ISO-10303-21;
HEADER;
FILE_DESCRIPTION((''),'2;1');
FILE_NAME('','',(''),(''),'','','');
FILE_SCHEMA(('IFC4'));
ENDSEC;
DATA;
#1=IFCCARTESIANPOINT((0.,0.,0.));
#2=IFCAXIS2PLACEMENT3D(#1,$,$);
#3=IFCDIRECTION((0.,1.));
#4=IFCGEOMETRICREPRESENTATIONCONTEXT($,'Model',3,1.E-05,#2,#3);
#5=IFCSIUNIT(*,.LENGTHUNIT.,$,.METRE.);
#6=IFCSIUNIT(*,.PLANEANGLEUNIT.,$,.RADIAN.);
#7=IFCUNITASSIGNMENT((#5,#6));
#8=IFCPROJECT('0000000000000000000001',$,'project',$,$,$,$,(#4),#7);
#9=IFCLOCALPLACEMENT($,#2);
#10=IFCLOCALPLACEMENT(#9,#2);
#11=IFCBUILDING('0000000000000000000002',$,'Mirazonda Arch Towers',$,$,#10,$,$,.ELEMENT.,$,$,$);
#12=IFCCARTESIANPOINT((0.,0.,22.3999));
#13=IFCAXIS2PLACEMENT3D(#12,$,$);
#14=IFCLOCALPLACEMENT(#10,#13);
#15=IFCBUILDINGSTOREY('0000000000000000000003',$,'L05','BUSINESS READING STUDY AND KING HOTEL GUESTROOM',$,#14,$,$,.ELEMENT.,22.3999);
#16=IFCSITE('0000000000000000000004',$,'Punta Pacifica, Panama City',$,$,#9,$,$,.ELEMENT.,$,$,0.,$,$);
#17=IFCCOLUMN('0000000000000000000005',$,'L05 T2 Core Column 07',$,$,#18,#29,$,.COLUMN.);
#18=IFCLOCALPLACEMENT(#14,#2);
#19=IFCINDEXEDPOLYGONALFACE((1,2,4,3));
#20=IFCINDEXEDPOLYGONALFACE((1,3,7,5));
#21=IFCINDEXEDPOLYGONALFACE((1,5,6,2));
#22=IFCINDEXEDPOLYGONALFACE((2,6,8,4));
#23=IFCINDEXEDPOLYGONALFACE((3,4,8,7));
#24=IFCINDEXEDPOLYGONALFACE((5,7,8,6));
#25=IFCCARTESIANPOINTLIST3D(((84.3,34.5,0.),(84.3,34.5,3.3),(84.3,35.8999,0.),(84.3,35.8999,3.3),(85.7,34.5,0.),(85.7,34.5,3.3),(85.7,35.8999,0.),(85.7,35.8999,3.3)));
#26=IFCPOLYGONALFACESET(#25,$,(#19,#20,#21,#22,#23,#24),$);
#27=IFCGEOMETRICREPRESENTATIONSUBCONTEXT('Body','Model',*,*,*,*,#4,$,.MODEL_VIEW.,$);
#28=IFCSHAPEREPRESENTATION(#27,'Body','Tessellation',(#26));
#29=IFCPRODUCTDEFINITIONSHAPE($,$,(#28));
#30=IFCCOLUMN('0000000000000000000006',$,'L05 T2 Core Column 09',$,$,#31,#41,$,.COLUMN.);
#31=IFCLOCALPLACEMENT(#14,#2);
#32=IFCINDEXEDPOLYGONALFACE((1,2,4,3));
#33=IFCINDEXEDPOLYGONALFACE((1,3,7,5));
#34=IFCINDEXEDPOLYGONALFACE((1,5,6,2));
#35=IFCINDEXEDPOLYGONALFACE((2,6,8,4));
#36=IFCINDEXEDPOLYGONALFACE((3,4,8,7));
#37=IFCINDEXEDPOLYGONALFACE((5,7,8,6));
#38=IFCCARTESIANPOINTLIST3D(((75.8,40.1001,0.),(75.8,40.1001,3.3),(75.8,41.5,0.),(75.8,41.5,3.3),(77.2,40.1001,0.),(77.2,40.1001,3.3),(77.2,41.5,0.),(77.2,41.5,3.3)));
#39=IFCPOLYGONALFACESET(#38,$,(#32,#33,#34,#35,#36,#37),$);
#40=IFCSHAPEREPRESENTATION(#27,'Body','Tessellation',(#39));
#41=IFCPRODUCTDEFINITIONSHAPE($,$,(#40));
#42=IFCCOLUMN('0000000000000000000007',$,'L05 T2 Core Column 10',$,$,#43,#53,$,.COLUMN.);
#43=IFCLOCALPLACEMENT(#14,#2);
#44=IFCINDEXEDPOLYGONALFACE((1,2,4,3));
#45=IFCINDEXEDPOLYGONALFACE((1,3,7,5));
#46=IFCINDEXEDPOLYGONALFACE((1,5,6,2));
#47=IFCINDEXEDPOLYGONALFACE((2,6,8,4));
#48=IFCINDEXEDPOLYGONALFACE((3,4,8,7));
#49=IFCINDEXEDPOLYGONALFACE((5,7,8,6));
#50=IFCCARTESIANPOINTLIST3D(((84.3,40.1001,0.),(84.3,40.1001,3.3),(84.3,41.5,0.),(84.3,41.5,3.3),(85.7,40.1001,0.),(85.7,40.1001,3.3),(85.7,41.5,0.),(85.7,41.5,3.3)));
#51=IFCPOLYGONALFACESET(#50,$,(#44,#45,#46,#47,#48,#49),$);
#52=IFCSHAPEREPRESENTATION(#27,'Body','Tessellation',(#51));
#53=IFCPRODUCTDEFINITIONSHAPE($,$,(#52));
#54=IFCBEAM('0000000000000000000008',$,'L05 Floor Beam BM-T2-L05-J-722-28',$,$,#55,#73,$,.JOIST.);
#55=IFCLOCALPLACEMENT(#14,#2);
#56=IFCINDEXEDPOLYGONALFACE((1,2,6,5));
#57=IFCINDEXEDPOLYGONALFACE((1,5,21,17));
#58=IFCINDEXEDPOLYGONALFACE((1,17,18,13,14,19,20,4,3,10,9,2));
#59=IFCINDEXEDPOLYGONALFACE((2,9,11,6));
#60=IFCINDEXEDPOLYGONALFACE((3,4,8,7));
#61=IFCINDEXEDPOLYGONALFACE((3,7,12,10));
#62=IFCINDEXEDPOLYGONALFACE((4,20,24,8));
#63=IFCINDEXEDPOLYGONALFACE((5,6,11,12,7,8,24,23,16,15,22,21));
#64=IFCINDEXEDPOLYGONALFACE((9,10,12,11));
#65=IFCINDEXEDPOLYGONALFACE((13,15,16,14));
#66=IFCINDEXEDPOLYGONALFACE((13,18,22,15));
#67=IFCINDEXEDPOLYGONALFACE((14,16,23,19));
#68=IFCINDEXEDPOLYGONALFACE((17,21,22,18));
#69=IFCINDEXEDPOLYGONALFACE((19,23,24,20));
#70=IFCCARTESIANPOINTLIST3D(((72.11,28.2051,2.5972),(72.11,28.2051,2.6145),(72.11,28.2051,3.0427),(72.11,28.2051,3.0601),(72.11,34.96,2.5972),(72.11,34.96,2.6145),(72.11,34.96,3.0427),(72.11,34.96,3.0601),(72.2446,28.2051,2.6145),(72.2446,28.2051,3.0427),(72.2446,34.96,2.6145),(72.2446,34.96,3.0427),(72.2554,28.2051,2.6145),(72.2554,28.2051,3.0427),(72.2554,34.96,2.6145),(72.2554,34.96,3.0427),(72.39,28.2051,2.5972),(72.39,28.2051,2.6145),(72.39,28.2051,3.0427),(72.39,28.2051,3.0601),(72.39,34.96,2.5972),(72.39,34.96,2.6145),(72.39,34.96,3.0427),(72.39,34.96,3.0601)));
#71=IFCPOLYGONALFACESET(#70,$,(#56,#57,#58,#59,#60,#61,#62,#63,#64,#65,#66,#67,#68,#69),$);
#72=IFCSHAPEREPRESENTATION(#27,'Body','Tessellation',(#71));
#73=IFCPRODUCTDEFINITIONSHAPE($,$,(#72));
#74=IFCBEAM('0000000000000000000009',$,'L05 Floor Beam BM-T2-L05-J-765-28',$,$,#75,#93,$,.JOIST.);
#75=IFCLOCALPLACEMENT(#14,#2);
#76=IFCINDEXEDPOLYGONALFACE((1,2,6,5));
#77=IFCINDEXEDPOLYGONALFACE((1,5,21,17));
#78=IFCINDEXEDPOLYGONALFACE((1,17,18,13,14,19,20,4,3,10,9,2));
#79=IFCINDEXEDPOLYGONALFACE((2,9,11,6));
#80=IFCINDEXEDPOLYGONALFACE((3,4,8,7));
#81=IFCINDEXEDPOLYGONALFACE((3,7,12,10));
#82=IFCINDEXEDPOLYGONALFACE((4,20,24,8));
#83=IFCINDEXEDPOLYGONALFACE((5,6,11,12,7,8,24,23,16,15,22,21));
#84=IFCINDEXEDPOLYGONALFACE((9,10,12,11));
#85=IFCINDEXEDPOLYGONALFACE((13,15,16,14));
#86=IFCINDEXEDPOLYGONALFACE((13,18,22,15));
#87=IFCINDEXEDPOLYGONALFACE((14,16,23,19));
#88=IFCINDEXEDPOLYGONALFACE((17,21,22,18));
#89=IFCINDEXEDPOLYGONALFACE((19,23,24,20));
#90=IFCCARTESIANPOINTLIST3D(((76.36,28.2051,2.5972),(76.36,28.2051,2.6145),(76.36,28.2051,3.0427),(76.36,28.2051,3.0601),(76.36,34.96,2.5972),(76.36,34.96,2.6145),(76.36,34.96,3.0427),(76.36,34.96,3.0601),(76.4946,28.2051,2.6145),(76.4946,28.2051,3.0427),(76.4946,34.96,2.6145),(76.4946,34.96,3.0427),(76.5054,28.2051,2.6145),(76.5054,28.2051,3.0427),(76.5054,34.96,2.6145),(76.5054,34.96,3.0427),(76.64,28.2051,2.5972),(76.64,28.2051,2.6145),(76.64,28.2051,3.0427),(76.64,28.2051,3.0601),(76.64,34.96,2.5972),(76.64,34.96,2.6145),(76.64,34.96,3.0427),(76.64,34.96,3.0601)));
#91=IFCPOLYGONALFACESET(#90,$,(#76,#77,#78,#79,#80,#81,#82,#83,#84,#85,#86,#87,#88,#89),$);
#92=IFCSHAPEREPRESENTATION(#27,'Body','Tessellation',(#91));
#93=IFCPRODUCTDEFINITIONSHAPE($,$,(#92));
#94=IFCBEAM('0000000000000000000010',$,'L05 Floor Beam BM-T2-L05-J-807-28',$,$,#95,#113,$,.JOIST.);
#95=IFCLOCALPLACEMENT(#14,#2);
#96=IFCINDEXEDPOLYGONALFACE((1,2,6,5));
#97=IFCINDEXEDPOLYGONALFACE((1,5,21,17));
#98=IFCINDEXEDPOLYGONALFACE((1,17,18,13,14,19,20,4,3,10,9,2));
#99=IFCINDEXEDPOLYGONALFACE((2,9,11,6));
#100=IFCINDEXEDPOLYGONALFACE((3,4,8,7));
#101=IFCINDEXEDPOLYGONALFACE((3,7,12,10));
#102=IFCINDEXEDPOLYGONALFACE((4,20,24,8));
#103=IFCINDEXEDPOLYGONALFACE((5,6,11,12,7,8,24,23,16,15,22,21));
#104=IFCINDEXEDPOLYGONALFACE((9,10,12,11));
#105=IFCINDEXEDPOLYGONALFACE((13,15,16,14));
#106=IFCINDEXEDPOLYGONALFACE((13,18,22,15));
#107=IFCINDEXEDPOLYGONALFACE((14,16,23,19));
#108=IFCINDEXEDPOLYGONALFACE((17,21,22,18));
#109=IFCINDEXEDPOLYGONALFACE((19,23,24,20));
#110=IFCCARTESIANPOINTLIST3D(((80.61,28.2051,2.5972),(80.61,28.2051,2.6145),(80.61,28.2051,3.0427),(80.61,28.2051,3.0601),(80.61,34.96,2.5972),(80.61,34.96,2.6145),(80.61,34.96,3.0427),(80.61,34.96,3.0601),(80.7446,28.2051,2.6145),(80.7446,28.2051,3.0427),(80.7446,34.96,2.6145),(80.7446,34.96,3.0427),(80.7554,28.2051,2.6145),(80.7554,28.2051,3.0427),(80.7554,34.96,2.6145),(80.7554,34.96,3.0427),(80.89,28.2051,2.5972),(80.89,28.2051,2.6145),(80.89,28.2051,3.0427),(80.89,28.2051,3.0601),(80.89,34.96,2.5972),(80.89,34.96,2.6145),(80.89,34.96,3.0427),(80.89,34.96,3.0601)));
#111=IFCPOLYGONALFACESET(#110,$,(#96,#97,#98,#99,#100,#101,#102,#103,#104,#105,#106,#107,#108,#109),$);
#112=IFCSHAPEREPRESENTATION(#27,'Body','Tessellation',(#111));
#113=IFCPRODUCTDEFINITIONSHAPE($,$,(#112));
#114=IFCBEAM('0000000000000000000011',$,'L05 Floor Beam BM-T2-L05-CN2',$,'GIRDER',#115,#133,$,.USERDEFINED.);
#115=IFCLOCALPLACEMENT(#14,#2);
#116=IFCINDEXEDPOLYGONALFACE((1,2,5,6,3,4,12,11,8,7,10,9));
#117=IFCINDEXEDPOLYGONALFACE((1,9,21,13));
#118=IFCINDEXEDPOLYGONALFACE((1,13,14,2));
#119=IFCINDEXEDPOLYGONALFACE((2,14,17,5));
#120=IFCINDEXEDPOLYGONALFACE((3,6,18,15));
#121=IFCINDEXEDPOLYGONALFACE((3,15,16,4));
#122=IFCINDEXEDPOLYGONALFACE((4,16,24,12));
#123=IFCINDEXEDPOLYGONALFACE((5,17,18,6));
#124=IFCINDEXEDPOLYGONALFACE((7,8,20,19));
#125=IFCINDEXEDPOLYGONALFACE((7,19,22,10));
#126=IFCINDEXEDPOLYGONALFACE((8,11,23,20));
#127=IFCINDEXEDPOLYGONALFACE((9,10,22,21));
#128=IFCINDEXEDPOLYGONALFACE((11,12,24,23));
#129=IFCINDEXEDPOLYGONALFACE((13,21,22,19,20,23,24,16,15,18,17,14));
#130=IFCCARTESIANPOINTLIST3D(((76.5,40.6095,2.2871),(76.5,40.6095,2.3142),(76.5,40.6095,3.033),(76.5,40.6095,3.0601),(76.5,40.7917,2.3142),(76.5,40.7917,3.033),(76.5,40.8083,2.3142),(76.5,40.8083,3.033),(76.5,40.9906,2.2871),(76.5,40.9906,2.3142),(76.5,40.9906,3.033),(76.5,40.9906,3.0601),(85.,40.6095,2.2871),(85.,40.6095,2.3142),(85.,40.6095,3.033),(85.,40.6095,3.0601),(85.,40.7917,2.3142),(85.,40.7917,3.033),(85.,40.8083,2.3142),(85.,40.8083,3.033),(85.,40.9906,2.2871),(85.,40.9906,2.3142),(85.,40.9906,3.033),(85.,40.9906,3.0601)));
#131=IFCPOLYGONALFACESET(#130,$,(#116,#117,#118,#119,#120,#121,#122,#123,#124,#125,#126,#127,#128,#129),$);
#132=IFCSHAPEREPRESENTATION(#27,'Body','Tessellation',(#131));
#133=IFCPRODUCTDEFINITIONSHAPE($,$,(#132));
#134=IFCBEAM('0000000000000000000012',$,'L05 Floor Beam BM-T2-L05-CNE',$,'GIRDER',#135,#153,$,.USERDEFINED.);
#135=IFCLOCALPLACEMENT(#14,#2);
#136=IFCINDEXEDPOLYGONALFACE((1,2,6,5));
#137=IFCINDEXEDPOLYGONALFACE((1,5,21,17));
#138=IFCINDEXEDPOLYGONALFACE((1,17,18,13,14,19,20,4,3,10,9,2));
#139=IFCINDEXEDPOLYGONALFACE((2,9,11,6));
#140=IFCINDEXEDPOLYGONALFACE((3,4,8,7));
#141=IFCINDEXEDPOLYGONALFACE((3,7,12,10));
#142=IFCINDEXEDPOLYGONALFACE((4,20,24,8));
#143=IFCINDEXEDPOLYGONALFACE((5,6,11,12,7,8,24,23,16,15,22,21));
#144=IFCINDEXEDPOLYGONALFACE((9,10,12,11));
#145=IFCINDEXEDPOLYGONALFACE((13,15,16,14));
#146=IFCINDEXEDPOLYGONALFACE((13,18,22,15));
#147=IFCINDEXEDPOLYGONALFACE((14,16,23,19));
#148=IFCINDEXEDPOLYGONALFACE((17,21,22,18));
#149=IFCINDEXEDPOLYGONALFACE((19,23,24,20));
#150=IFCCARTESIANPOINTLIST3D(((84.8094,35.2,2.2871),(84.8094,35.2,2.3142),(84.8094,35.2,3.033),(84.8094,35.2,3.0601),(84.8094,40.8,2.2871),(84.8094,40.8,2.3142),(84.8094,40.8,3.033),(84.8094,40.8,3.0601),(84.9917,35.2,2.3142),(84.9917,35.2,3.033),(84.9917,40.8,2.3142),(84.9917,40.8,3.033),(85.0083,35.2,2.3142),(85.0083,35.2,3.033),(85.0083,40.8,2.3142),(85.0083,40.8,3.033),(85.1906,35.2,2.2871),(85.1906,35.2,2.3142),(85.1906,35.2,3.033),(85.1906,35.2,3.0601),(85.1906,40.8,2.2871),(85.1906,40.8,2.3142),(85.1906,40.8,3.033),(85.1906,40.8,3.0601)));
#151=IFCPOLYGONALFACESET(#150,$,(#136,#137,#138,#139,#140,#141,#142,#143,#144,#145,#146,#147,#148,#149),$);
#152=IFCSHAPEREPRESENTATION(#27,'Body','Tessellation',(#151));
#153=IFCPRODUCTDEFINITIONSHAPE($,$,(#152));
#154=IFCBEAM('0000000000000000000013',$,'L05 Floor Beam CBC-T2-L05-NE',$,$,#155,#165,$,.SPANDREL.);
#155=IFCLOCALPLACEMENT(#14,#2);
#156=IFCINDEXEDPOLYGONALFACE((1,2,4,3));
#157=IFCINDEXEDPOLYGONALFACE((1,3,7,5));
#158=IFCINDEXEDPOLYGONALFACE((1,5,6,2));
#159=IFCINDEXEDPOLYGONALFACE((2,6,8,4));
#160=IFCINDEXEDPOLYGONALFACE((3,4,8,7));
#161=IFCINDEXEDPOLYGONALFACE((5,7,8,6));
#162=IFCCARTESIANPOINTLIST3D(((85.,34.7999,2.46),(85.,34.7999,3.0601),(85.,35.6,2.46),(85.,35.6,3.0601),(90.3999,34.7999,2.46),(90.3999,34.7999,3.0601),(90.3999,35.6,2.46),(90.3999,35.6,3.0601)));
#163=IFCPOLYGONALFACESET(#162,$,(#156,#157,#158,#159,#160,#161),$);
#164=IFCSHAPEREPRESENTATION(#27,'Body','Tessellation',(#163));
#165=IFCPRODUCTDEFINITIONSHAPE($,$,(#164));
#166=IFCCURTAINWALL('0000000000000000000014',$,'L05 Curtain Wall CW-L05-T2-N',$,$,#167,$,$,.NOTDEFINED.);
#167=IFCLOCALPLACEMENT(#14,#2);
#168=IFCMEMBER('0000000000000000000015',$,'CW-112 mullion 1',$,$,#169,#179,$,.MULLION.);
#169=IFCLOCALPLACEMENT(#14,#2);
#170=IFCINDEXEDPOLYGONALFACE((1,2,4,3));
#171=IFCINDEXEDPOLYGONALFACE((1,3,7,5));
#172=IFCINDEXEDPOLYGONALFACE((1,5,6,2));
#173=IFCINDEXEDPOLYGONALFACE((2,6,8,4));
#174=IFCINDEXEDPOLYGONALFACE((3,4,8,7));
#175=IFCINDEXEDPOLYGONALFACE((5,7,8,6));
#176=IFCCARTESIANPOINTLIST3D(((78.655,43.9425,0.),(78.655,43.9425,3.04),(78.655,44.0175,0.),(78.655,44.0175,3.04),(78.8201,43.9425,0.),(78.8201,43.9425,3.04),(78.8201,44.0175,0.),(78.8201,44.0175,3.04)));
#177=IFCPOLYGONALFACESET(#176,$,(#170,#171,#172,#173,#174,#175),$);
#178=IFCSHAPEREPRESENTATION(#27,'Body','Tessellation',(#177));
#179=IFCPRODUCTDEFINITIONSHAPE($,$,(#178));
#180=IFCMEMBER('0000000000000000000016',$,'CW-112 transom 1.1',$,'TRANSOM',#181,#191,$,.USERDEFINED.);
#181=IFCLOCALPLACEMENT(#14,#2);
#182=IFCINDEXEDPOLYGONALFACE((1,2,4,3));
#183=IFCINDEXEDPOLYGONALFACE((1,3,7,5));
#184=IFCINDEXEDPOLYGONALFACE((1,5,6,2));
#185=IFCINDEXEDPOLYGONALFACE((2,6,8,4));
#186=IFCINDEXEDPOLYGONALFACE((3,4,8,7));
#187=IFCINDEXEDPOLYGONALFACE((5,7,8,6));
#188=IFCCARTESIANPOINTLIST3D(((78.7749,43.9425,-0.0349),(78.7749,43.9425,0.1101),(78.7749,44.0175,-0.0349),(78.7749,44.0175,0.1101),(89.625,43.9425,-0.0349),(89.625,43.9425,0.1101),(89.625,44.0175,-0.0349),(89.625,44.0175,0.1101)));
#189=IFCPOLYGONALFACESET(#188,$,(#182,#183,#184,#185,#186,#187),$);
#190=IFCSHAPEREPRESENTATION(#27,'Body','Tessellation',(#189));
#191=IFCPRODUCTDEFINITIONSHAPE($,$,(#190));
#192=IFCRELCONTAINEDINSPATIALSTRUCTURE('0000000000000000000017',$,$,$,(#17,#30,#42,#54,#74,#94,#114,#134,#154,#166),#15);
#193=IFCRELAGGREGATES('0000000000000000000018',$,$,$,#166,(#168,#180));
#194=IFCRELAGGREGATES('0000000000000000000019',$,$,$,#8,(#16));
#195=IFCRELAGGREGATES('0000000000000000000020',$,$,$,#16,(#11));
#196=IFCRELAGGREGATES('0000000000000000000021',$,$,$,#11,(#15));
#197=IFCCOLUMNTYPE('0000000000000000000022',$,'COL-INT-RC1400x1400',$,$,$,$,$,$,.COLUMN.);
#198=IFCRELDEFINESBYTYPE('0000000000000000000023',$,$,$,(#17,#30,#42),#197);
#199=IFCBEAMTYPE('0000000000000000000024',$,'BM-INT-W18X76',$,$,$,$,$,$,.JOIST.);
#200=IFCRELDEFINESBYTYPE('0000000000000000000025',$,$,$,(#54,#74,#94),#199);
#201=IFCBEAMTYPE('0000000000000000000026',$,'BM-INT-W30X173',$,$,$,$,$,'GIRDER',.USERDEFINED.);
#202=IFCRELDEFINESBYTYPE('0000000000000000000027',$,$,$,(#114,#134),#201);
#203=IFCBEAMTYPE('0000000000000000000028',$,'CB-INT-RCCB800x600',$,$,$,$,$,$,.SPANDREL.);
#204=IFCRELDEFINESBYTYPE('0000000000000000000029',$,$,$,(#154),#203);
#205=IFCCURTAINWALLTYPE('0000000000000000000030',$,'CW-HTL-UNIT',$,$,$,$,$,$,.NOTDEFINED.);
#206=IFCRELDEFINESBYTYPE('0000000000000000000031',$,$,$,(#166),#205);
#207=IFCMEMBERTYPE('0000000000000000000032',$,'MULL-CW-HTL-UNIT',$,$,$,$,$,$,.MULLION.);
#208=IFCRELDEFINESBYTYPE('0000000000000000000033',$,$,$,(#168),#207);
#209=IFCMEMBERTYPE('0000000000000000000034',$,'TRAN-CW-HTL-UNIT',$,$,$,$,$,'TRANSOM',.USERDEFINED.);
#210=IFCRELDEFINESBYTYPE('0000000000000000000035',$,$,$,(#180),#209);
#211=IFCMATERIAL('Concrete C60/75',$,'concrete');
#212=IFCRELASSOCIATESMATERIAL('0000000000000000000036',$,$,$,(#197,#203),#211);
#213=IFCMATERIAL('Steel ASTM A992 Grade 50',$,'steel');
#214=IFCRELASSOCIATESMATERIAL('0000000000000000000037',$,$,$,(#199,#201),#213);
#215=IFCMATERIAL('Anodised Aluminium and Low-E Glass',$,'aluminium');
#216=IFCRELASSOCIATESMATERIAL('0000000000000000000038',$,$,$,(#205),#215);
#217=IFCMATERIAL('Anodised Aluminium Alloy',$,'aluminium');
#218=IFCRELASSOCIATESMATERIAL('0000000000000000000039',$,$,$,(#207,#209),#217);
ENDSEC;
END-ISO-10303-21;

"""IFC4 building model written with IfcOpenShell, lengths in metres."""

from ifc_helpers import new_model, si_unit, direction, frame, origin, origin_2d, place, context, subcontext, project, spatial, rectangle, i_section, extrude, material, material_profile, profile_set, type_object, element, aggregate, save


model = new_model("IFC4")

# Units and contexts
model_context = context("Model", 3, precision=1e-05, world=origin(), true_north=direction((0.0, 1.0)))
body_context = subcontext(model_context, "Body", "Model", "MODEL_VIEW")
ifc_project = project(units=[si_unit("LENGTHUNIT", "METRE"), si_unit("PLANEANGLEUNIT", "RADIAN")], contexts=[model_context])

# Site, building, storey
site_placement = place(None, origin())
site = spatial("IfcSite", under=ifc_project, at=site_placement, Name="Punta Pacifica, Panama City", CompositionType="ELEMENT", RefElevation=0.0)
building_placement = place(site_placement, origin())
building = spatial("IfcBuilding", under=site, at=building_placement, Name="Mirazonda Arch Towers", CompositionType="ELEMENT")
storey_placement = place(building_placement, frame((0.0, 0.0, 22.3999)))
storey = spatial("IfcBuildingStorey", under=building, at=storey_placement, Name="L05", Description="BUSINESS READING STUDY AND KING HOTEL GUESTROOM", CompositionType="ELEMENT", Elevation=22.3999)

# Columns
ifc_material_1 = material(Name="Concrete C60/75", Category="concrete")
ifc_material_profile_1 = material_profile(ifc_material_1, rectangle(XDim=1.3999, YDim=1.3999, at=origin_2d()), Name="RC1400x1400")
ifc_profile_set_1 = profile_set([ifc_material_profile_1], Name="Concrete C60/75")
column_type = type_object("IfcColumnType", Name="COL-INT-RC1400x1400", PredefinedType="COLUMN", material=ifc_profile_set_1)
for number, where, z_axis, x_axis, name in (
    (1, (85.0, 35.2, 0.0), (0.0, 0.0, 1.0), (1.0, 0.0, 0.0), "L05 T2 Core Column 07"),
    (2, (76.5, 40.8, 0.0), (0.0, 0.0, 1.0), (1.0, 0.0, 0.0), "L05 T2 Core Column 09"),
    (3, (85.0, 40.8, 0.0), (0.0, 0.0, 1.0), (1.0, 0.0, 0.0), "L05 T2 Core Column 10"),
):
    element("IfcColumn", number, at=place(storey_placement, frame(where, z_axis=z_axis, x_axis=x_axis)), inside=storey, type_object=column_type, Name=name, PredefinedType="COLUMN", context=body_context, shape_type="SweptSolid", body=[
        extrude(rectangle(XDim=1.3999, YDim=1.3999, at=origin_2d()), origin(), (0.0, 0.0, 1.0), 3.3),
    ])

# Beams
ifc_material_2 = material(Name="Steel ASTM A992 Grade 50", Category="steel")
ifc_material_profile_2 = material_profile(ifc_material_2, i_section(OverallWidth=0.28, OverallDepth=0.4629, WebThickness=0.0107, FlangeThickness=0.0173, at=origin_2d()), Name="W18X76")
ifc_profile_set_2 = profile_set([ifc_material_profile_2], Name="Steel ASTM A992 Grade 50")
beam_type_1 = type_object("IfcBeamType", Name="BM-INT-W18X76", PredefinedType="JOIST", material=ifc_profile_set_2)
for number, where, z_axis, x_axis, name in (
    (4, (72.25, 28.2051, 2.8286), (0.0, 1.0, 0.0), (-1.0, 0.0, 0.0), "L05 Floor Beam BM-T2-L05-J-722-28"),
    (5, (76.5, 28.2051, 2.8286), (0.0, 1.0, 0.0), (-1.0, 0.0, 0.0), "L05 Floor Beam BM-T2-L05-J-765-28"),
    (6, (80.75, 28.2051, 2.8286), (0.0, 1.0, 0.0), (-1.0, 0.0, 0.0), "L05 Floor Beam BM-T2-L05-J-807-28"),
):
    element("IfcBeam", number, at=place(storey_placement, frame(where, z_axis=z_axis, x_axis=x_axis)), inside=storey, type_object=beam_type_1, Name=name, PredefinedType="JOIST", context=body_context, shape_type="SweptSolid", body=[
        extrude(i_section(OverallWidth=0.28, OverallDepth=0.4629, WebThickness=0.0107, FlangeThickness=0.0173, at=origin_2d()), origin(), (0.0, 0.0, 1.0), 6.7549),
    ])
ifc_material_profile_3 = material_profile(ifc_material_2, i_section(OverallWidth=0.3811, OverallDepth=0.7729, WebThickness=0.0166, FlangeThickness=0.0271, at=origin_2d()), Name="W30X173")
ifc_profile_set_3 = profile_set([ifc_material_profile_3], Name="Steel ASTM A992 Grade 50")
beam_type_2 = type_object("IfcBeamType", Name="BM-INT-W30X173", ElementType="GIRDER", PredefinedType="USERDEFINED", material=ifc_profile_set_3)
beam_1_placement = place(storey_placement, frame((76.5, 40.8, 2.6736), z_axis=(1.0, 0.0, 0.0), x_axis=(0.0, 1.0, 0.0)))
element("IfcBeam", 7, at=beam_1_placement, inside=storey, type_object=beam_type_2, Name="L05 Floor Beam BM-T2-L05-CN2", ObjectType="GIRDER", PredefinedType="USERDEFINED", context=body_context, shape_type="SweptSolid", body=[
    extrude(i_section(OverallWidth=0.3811, OverallDepth=0.7729, WebThickness=0.0166, FlangeThickness=0.0271, at=origin_2d()), origin(), (0.0, 0.0, 1.0), 8.5),
])
beam_2_placement = place(storey_placement, frame((85.0, 35.2, 2.6736), z_axis=(0.0, 1.0, 0.0), x_axis=(-1.0, 0.0, 0.0)))
element("IfcBeam", 8, at=beam_2_placement, inside=storey, type_object=beam_type_2, Name="L05 Floor Beam BM-T2-L05-CNE", ObjectType="GIRDER", PredefinedType="USERDEFINED", context=body_context, shape_type="SweptSolid", body=[
    extrude(i_section(OverallWidth=0.3811, OverallDepth=0.7729, WebThickness=0.0166, FlangeThickness=0.0271, at=origin_2d()), origin(), (0.0, 0.0, 1.0), 5.6001),
])
ifc_material_profile_4 = material_profile(ifc_material_1, rectangle(XDim=0.8, YDim=0.6001, at=origin_2d()), Name="RCCB800x600")
ifc_profile_set_4 = profile_set([ifc_material_profile_4], Name="Concrete C60/75")
beam_type_3 = type_object("IfcBeamType", Name="CB-INT-RCCB800x600", PredefinedType="SPANDREL", material=ifc_profile_set_4)
beam_3_placement = place(storey_placement, frame((85.0, 35.2, 2.76), z_axis=(1.0, 0.0, 0.0), x_axis=(0.0, 1.0, 0.0)))
element("IfcBeam", 9, at=beam_3_placement, inside=storey, type_object=beam_type_3, Name="L05 Floor Beam CBC-T2-L05-NE", PredefinedType="SPANDREL", context=body_context, shape_type="SweptSolid", body=[
    extrude(rectangle(XDim=0.8, YDim=0.6001, at=origin_2d()), origin(), (0.0, 0.0, 1.0), 5.3999),
])

# Curtain wall, members
ifc_material_3 = material(Name="Anodised Aluminium and Low-E Glass", Category="aluminium")
curtain_wall_type = type_object("IfcCurtainWallType", Name="CW-HTL-UNIT", PredefinedType="NOTDEFINED", material=ifc_material_3)
curtain_wall_placement = place(storey_placement, origin())
curtain_wall = element("IfcCurtainWall", 10, at=curtain_wall_placement, inside=storey, type_object=curtain_wall_type, Name="L05 Curtain Wall CW-L05-T2-N", PredefinedType="NOTDEFINED")
ifc_material_4 = material(Name="Anodised Aluminium Alloy", Category="aluminium")
ifc_material_profile_5 = material_profile(ifc_material_4, rectangle(XDim=0.075, YDim=0.165, at=origin_2d()), Name="ALU-MULL-75x165")
ifc_profile_set_5 = profile_set([ifc_material_profile_5], Name="Anodised Aluminium Alloy")
member_type_1 = type_object("IfcMemberType", Name="MULL-CW-HTL-UNIT", PredefinedType="MULLION", material=ifc_profile_set_5)
member_1_placement = place(storey_placement, frame((78.7375, 43.98, 0.0), z_axis=(0.0, 0.0, 1.0), x_axis=(0.0, 1.0, 0.0)))
member_1 = element("IfcMember", 11, at=member_1_placement, type_object=member_type_1, Name="CW-112 mullion 1", PredefinedType="MULLION", context=body_context, shape_type="SweptSolid", body=[
    extrude(rectangle(XDim=0.075, YDim=0.165, at=origin_2d()), origin(), (0.0, 0.0, 1.0), 3.04),
])
ifc_material_profile_6 = material_profile(ifc_material_4, rectangle(XDim=0.075, YDim=0.145, at=origin_2d()), Name="ALU-TRAN-75x145")
ifc_profile_set_6 = profile_set([ifc_material_profile_6], Name="Anodised Aluminium Alloy")
member_type_2 = type_object("IfcMemberType", Name="TRAN-CW-HTL-UNIT", ElementType="TRANSOM", PredefinedType="USERDEFINED", material=ifc_profile_set_6)
member_2_placement = place(storey_placement, frame((78.7749, 43.98, 0.0376), z_axis=(1.0, 0.0, 0.0), x_axis=(0.0, 1.0, 0.0)))
member_2 = element("IfcMember", 12, at=member_2_placement, type_object=member_type_2, Name="CW-112 transom 1.1", ObjectType="TRANSOM", PredefinedType="USERDEFINED", context=body_context, shape_type="SweptSolid", body=[
    extrude(rectangle(XDim=0.075, YDim=0.145, at=origin_2d()), origin(), (0.0, 0.0, 1.0), 10.8501),
])
aggregate(curtain_wall, [member_1, member_2])

save(model, "model.ifc")
